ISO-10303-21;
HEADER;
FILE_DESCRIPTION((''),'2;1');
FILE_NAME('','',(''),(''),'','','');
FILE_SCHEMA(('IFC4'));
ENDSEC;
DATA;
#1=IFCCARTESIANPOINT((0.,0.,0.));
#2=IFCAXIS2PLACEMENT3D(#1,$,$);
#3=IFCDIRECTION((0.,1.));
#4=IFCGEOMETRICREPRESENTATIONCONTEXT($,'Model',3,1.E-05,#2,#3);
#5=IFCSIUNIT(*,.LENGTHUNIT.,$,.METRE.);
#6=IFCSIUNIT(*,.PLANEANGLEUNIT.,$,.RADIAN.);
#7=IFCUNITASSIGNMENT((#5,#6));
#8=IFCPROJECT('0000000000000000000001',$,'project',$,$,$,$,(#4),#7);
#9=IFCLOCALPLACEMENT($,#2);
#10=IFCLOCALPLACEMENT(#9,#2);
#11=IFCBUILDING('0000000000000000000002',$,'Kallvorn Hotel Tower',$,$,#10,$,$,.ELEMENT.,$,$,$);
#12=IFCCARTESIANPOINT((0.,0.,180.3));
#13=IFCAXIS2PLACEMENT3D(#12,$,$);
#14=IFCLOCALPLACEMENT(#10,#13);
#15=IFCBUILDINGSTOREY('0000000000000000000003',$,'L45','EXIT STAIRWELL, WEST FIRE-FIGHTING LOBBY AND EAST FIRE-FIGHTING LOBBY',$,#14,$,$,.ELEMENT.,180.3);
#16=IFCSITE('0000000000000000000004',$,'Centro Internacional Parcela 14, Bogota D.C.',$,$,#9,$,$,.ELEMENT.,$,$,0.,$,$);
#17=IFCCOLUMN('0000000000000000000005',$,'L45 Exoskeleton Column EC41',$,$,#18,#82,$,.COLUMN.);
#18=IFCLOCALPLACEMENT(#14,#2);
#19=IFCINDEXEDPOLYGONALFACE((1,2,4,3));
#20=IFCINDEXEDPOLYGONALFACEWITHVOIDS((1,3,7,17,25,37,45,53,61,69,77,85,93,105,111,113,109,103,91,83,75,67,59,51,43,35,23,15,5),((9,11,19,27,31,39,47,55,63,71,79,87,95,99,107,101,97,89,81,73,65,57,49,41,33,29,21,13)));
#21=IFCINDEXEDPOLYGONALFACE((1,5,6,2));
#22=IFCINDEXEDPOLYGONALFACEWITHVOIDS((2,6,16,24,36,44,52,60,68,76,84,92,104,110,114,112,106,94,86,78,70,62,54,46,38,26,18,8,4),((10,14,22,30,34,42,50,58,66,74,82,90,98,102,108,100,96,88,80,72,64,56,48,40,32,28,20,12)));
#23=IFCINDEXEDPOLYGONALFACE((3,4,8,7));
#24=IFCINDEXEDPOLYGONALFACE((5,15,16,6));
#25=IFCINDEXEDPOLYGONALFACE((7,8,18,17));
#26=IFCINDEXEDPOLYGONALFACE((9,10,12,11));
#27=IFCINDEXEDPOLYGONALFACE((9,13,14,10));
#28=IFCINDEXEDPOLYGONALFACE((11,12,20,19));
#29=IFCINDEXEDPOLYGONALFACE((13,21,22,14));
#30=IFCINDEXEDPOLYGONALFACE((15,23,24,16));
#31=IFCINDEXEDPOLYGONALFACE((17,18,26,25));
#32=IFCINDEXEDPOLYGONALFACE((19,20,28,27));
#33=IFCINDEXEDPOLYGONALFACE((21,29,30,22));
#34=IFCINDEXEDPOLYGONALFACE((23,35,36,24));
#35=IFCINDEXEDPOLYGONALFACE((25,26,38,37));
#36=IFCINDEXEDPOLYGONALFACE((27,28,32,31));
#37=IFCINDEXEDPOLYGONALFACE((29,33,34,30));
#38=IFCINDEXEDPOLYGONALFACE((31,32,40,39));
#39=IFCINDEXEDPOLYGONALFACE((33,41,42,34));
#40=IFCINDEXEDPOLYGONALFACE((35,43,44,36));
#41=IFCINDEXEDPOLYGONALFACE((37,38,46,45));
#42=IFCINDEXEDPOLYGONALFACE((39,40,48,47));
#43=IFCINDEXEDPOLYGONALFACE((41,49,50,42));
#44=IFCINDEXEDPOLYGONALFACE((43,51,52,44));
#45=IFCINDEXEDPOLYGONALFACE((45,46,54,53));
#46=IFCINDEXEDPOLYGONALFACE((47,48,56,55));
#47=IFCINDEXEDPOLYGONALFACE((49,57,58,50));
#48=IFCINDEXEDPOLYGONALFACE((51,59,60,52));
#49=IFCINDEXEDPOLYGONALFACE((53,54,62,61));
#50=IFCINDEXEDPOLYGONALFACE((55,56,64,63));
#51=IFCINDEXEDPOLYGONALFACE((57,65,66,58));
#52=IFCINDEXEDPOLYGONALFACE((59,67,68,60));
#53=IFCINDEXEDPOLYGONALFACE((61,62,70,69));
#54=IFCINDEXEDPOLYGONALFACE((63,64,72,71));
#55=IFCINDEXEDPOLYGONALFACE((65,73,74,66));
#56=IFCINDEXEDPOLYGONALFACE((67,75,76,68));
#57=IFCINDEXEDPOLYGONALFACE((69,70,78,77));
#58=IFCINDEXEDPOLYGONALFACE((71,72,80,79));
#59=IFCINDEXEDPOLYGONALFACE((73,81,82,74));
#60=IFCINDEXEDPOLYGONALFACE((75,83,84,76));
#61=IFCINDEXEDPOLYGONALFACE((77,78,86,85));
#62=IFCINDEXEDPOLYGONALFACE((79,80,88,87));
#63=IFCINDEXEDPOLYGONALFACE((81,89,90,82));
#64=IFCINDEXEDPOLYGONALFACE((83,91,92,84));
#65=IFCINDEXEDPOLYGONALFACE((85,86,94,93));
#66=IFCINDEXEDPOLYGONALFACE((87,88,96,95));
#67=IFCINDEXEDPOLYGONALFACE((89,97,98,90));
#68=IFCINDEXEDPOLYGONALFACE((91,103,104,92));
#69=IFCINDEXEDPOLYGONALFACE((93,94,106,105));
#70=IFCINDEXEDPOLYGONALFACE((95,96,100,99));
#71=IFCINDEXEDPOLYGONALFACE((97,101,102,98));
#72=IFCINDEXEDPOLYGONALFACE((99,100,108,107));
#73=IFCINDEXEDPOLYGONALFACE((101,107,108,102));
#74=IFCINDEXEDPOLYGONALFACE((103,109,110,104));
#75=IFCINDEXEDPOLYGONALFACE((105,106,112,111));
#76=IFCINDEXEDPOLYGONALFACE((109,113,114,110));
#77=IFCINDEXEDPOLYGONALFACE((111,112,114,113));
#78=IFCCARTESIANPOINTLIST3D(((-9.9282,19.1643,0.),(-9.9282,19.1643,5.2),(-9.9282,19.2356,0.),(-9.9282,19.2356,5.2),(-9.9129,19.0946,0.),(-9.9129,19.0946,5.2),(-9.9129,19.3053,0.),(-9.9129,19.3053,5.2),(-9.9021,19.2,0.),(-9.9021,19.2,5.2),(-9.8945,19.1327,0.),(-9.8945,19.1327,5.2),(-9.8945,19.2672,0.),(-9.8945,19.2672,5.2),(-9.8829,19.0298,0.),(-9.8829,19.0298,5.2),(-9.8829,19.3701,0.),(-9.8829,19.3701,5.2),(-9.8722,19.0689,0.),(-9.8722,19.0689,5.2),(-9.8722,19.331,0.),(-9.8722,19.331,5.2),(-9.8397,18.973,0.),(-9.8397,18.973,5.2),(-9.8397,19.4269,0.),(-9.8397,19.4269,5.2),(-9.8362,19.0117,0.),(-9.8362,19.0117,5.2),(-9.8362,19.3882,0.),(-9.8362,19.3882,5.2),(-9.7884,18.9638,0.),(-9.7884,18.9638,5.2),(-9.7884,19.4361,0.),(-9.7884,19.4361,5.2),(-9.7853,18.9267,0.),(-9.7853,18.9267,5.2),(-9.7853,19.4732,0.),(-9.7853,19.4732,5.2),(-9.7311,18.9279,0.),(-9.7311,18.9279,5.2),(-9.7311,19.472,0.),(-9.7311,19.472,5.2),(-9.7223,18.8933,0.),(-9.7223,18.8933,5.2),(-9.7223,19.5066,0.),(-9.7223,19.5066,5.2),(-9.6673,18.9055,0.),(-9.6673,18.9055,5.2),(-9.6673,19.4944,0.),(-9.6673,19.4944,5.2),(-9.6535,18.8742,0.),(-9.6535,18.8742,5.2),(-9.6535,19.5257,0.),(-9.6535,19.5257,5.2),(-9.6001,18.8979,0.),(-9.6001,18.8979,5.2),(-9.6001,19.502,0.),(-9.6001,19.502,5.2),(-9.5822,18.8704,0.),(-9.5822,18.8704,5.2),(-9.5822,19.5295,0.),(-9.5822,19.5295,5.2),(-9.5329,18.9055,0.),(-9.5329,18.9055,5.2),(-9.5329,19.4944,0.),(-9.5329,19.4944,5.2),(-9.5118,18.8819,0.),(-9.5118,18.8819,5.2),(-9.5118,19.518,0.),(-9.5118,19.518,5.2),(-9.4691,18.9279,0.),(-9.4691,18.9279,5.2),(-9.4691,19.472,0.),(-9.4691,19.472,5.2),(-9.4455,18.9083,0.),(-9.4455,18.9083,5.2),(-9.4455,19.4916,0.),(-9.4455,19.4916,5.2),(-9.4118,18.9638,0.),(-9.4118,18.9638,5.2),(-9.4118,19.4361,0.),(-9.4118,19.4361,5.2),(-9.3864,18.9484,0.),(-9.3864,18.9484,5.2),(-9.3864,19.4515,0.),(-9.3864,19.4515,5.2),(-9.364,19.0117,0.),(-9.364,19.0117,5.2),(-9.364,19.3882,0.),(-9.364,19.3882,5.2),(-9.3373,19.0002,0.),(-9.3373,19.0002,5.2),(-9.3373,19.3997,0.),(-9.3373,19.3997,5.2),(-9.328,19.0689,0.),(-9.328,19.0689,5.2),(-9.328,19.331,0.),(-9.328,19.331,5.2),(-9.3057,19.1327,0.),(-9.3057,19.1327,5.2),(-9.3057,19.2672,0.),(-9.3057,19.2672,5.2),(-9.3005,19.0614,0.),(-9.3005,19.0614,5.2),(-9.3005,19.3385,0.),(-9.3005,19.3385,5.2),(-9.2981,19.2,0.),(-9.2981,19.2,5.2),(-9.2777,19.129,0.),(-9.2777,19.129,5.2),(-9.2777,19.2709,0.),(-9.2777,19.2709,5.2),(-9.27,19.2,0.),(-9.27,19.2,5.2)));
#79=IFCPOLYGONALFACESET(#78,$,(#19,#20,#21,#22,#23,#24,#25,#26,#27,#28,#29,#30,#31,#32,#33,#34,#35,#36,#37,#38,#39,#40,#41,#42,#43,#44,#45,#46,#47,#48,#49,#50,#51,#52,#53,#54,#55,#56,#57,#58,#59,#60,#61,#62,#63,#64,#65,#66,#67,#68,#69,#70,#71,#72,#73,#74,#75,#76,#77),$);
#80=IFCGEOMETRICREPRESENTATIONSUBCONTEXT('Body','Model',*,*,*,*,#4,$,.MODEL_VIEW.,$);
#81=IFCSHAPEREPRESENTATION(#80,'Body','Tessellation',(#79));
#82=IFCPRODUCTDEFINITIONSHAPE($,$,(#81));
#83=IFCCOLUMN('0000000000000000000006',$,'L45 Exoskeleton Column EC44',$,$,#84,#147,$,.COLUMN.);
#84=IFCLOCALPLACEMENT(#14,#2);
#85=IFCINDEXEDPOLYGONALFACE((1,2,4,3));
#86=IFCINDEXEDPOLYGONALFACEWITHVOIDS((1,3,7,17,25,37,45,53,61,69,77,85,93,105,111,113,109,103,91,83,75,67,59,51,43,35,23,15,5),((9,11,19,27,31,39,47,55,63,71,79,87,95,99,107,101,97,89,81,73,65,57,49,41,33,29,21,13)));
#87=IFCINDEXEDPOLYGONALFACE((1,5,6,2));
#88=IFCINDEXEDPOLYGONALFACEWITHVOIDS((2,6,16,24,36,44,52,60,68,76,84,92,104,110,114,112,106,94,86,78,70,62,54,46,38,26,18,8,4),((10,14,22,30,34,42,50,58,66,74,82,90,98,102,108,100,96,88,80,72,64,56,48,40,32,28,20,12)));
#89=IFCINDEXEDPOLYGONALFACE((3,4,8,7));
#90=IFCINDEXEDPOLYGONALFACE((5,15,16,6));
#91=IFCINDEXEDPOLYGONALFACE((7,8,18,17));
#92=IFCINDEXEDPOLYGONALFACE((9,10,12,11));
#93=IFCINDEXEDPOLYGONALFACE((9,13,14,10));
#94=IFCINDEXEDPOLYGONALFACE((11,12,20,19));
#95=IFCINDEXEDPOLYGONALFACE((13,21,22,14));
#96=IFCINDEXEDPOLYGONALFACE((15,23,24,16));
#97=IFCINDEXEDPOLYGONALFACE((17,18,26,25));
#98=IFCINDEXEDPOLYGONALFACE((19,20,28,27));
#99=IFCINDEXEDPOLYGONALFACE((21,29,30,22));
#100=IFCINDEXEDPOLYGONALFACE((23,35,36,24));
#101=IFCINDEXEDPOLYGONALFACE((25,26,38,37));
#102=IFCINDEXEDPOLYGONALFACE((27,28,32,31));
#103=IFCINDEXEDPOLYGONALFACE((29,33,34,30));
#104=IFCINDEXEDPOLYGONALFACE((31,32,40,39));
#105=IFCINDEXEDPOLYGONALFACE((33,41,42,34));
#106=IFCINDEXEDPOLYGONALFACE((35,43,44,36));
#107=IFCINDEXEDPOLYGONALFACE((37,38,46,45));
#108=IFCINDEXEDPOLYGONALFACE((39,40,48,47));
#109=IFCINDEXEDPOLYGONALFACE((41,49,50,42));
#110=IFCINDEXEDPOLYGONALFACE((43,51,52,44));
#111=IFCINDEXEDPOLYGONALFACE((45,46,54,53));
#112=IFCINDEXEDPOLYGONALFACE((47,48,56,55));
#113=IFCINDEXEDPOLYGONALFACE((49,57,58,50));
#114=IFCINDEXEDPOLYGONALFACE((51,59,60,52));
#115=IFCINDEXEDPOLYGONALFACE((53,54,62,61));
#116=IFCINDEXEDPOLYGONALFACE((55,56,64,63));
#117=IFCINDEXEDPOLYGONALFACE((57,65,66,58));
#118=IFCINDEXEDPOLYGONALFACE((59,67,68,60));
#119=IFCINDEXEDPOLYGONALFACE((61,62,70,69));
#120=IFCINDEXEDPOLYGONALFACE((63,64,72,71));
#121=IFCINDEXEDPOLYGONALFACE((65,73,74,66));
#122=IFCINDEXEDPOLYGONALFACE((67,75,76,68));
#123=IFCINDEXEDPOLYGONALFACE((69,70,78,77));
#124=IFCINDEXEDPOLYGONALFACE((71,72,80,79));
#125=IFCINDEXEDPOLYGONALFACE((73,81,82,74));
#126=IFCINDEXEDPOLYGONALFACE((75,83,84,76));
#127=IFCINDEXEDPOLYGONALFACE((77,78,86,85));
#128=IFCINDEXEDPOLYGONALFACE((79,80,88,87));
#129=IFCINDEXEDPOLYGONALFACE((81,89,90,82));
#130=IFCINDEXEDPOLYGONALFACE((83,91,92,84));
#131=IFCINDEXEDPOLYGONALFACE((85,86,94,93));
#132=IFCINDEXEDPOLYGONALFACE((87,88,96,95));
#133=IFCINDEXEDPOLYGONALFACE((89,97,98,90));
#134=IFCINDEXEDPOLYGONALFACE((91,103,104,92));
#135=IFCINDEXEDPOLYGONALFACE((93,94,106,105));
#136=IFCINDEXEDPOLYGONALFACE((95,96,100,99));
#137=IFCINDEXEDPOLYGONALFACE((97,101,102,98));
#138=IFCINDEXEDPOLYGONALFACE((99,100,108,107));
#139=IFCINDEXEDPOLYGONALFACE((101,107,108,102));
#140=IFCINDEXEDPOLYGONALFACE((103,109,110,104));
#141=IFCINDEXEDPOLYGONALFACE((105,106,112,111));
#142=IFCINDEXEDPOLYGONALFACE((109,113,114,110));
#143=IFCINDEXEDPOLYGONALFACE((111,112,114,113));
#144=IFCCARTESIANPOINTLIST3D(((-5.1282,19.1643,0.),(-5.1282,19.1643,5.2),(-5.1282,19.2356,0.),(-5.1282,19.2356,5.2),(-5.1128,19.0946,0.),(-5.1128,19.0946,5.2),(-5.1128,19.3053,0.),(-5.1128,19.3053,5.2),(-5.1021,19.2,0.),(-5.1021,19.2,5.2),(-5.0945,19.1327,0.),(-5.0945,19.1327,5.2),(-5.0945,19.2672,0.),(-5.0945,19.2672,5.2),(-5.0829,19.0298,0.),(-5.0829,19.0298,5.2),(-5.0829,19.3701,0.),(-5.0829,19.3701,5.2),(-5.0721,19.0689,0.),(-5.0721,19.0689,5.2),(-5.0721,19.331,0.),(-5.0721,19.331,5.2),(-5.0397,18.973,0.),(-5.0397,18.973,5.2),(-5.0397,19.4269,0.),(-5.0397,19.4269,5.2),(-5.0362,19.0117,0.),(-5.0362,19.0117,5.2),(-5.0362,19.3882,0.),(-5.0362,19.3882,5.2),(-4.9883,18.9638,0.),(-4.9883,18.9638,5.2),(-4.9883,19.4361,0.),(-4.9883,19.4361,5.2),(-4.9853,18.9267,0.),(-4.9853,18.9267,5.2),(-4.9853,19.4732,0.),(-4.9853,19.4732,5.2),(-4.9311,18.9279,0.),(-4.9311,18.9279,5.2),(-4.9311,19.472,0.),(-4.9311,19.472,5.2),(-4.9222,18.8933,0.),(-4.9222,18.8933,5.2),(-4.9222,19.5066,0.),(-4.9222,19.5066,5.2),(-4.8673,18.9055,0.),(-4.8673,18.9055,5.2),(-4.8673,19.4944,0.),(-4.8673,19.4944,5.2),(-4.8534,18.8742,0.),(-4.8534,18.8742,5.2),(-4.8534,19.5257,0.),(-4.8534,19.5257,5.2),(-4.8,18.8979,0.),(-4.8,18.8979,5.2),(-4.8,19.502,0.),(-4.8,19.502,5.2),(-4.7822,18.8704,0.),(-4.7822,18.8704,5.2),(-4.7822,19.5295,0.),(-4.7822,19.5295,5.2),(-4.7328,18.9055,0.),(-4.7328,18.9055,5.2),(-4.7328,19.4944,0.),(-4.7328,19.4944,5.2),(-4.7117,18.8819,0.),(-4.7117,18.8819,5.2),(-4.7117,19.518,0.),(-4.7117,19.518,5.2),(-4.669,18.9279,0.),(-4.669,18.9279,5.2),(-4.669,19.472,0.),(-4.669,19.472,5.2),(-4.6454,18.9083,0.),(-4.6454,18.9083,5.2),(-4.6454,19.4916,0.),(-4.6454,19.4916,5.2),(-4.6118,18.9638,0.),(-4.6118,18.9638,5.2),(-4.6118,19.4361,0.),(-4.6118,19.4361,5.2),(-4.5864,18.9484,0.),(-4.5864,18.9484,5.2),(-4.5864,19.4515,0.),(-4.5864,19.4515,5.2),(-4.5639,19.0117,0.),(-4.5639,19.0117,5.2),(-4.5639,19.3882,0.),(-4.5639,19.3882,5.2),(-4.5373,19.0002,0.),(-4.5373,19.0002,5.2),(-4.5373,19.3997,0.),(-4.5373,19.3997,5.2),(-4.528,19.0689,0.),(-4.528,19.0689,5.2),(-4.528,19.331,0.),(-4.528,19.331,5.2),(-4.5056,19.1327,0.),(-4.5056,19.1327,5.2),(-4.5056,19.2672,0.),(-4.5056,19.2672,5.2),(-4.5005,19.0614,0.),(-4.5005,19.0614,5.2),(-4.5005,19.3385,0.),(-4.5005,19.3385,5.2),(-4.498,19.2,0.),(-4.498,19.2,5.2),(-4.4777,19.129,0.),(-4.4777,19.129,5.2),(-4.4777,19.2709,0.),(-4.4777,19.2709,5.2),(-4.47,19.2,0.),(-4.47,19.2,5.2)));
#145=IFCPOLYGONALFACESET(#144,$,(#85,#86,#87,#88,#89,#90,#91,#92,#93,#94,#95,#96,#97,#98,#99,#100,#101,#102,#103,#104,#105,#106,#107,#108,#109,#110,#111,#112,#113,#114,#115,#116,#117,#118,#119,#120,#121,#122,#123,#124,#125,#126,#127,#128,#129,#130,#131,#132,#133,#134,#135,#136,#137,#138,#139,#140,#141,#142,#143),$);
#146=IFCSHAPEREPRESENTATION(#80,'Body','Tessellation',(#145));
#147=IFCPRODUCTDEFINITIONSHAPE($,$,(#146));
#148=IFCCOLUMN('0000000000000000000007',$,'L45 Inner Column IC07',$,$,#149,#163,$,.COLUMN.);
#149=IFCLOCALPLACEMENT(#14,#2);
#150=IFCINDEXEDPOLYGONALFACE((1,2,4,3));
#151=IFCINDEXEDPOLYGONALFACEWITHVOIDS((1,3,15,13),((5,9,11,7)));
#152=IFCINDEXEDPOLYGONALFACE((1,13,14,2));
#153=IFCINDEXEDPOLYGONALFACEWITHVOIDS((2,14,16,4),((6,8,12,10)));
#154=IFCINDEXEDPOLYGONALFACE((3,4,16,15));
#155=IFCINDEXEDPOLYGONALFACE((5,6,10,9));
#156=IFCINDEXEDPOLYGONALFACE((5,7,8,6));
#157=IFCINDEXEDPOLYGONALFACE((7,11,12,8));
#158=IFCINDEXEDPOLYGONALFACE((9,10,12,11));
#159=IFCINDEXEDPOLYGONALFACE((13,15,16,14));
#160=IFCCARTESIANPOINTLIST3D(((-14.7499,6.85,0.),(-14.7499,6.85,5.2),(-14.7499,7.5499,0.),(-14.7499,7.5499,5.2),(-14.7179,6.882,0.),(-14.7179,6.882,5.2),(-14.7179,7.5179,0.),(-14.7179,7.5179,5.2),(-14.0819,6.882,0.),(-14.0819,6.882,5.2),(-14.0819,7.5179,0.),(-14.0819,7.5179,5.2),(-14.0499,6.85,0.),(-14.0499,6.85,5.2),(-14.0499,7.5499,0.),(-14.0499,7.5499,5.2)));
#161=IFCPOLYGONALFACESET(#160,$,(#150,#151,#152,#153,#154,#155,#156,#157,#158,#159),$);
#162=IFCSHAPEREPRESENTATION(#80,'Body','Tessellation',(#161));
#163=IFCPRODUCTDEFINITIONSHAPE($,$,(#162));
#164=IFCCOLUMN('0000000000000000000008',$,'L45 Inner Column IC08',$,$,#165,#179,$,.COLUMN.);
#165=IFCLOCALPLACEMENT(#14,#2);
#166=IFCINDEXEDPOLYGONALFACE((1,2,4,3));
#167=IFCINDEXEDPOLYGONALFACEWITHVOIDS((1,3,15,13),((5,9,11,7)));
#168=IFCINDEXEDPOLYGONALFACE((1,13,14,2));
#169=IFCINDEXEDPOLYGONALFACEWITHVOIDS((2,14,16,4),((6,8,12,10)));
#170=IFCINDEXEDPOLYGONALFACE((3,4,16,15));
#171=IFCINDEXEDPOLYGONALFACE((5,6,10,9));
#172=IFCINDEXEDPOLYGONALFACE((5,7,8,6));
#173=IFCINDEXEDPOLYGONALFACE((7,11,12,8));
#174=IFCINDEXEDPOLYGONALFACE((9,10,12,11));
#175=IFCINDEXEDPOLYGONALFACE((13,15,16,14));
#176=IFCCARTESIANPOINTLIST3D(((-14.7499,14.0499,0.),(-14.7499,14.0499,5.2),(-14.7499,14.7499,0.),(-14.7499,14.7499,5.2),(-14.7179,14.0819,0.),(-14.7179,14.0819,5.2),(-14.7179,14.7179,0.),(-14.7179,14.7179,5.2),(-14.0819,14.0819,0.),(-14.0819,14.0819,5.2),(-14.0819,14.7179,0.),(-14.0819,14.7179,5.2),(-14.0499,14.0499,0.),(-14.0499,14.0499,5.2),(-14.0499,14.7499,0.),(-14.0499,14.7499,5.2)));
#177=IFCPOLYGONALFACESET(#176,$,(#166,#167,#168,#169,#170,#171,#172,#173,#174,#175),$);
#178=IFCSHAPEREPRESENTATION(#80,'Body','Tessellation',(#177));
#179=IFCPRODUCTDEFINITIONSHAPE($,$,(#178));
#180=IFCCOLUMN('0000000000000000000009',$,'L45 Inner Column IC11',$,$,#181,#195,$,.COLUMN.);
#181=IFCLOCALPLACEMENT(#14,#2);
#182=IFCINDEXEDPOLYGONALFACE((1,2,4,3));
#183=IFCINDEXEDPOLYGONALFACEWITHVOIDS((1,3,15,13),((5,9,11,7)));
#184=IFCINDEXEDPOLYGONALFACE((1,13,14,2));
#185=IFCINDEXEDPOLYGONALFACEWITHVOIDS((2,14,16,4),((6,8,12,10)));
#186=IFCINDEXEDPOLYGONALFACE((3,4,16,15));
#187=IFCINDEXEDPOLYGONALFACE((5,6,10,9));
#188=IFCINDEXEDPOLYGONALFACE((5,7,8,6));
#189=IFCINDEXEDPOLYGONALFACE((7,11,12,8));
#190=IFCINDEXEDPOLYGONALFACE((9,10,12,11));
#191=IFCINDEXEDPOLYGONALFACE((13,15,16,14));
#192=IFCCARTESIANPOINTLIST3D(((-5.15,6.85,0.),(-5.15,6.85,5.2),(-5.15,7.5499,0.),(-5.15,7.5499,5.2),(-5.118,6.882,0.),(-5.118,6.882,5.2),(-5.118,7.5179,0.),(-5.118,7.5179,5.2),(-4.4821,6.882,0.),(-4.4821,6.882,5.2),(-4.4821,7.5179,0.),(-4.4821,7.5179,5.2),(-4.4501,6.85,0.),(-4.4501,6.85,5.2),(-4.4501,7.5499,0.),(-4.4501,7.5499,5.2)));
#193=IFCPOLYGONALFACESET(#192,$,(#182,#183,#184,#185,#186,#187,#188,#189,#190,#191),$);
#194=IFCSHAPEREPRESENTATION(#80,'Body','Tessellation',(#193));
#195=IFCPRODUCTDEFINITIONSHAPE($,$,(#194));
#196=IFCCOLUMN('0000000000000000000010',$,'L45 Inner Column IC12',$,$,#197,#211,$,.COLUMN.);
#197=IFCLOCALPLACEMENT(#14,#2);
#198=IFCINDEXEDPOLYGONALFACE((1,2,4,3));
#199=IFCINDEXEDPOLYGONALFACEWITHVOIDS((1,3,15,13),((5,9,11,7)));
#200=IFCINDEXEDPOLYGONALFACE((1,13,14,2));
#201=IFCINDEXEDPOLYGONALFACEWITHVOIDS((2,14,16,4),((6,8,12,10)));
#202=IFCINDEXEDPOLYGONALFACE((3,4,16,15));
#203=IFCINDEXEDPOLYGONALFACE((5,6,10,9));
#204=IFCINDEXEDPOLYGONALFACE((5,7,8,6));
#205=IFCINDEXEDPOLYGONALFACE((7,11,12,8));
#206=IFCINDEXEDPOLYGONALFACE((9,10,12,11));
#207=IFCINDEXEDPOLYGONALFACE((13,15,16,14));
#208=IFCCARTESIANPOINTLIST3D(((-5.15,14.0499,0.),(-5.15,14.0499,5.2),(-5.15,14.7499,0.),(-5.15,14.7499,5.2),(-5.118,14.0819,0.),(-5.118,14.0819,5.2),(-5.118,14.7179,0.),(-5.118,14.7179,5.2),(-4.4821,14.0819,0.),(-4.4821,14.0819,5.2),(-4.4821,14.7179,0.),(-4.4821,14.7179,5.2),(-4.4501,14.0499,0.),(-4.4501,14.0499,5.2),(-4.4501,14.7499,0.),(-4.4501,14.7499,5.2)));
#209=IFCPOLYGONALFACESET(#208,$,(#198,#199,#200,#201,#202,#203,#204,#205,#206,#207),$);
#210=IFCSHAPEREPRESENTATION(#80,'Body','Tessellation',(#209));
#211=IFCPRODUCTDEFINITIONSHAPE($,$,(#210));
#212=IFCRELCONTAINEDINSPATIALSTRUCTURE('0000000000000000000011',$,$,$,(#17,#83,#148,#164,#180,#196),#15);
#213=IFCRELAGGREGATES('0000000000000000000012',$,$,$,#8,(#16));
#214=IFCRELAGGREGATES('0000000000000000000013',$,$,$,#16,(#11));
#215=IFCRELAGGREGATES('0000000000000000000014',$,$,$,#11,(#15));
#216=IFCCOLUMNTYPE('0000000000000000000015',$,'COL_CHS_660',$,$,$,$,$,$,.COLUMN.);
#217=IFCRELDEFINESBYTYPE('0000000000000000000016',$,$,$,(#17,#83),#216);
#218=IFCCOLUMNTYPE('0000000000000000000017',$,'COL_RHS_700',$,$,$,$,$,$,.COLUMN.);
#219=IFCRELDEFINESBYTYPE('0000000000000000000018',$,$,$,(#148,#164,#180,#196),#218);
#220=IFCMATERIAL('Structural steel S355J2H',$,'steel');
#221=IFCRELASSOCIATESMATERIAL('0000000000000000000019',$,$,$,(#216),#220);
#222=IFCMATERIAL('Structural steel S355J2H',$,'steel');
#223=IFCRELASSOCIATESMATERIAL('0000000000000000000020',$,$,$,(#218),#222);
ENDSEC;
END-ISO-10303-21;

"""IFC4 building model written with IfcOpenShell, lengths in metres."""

from ifc_helpers import new_model, si_unit, direction, frame, origin, origin_2d, place, context, subcontext, project, spatial, hollow_rectangle, hollow_circle, extrude, material, material_profile, profile_set, type_object, element, save


model = new_model("IFC4")

# Units and contexts
model_context = context("Model", 3, precision=1e-05, world=origin(), true_north=direction((0.0, 1.0)))
body_context = subcontext(model_context, "Body", "Model", "MODEL_VIEW")
ifc_project = project(units=[si_unit("LENGTHUNIT", "METRE"), si_unit("PLANEANGLEUNIT", "RADIAN")], contexts=[model_context])

# Site, building, storey
site_placement = place(None, origin())
site = spatial("IfcSite", under=ifc_project, at=site_placement, Name="Centro Internacional Parcela 14, Bogota D.C.", CompositionType="ELEMENT", RefElevation=0.0)
building_placement = place(site_placement, origin())
building = spatial("IfcBuilding", under=site, at=building_placement, Name="Kallvorn Hotel Tower", CompositionType="ELEMENT")
storey_placement = place(building_placement, frame((0.0, 0.0, 180.3)))
storey = spatial("IfcBuildingStorey", under=building, at=storey_placement, Name="L45", Description="EXIT STAIRWELL, WEST FIRE-FIGHTING LOBBY AND EAST FIRE-FIGHTING LOBBY", CompositionType="ELEMENT", Elevation=180.3)

# Columns
ifc_material_1 = material(Name="Structural steel S355J2H", Category="steel")
ifc_material_profile_1 = material_profile(ifc_material_1, hollow_circle(Radius=0.3301, WallThickness=0.0281, at=origin_2d()), Name="CHS 660x28")
ifc_profile_set_1 = profile_set([ifc_material_profile_1], Name="Structural steel S355J2H")
column_type_1 = type_object("IfcColumnType", Name="COL_CHS_660", PredefinedType="COLUMN", material=ifc_profile_set_1)
for number, where, z_axis, x_axis, name in (
    (1, (-9.6001, 19.2, 0.0), (0.0, 0.0, 1.0), (1.0, 0.0, 0.0), "L45 Exoskeleton Column EC41"),
    (2, (-4.8, 19.2, 0.0), (0.0, 0.0, 1.0), (1.0, 0.0, 0.0), "L45 Exoskeleton Column EC44"),
):
    element("IfcColumn", number, at=place(storey_placement, frame(where, z_axis=z_axis, x_axis=x_axis)), inside=storey, type_object=column_type_1, Name=name, PredefinedType="COLUMN", context=body_context, shape_type="SweptSolid", body=[
        extrude(hollow_circle(Radius=0.3301, WallThickness=0.0281, at=origin_2d()), origin(), (0.0, 0.0, 1.0), 5.2),
    ])
ifc_material_2 = material(Name="Structural steel S355J2H", Category="steel")
ifc_material_profile_2 = material_profile(ifc_material_2, hollow_rectangle(XDim=0.7, YDim=0.7, WallThickness=0.032, at=origin_2d()), Name="RHS 700x700x32")
ifc_profile_set_2 = profile_set([ifc_material_profile_2], Name="Structural steel S355J2H")
column_type_2 = type_object("IfcColumnType", Name="COL_RHS_700", PredefinedType="COLUMN", material=ifc_profile_set_2)
for number, where, z_axis, x_axis, name in (
    (3, (-14.3999, 7.2, 0.0), (0.0, 0.0, 1.0), (1.0, 0.0, 0.0), "L45 Inner Column IC07"),
    (4, (-14.3999, 14.3999, 0.0), (0.0, 0.0, 1.0), (1.0, 0.0, 0.0), "L45 Inner Column IC08"),
    (5, (-4.8, 7.2, 0.0), (0.0, 0.0, 1.0), (1.0, 0.0, 0.0), "L45 Inner Column IC11"),
    (6, (-4.8, 14.3999, 0.0), (0.0, 0.0, 1.0), (1.0, 0.0, 0.0), "L45 Inner Column IC12"),
):
    element("IfcColumn", number, at=place(storey_placement, frame(where, z_axis=z_axis, x_axis=x_axis)), inside=storey, type_object=column_type_2, Name=name, PredefinedType="COLUMN", context=body_context, shape_type="SweptSolid", body=[
        extrude(hollow_rectangle(XDim=0.7, YDim=0.7, WallThickness=0.032, at=origin_2d()), origin(), (0.0, 0.0, 1.0), 5.2),
    ])

save(model, "model.ifc")
